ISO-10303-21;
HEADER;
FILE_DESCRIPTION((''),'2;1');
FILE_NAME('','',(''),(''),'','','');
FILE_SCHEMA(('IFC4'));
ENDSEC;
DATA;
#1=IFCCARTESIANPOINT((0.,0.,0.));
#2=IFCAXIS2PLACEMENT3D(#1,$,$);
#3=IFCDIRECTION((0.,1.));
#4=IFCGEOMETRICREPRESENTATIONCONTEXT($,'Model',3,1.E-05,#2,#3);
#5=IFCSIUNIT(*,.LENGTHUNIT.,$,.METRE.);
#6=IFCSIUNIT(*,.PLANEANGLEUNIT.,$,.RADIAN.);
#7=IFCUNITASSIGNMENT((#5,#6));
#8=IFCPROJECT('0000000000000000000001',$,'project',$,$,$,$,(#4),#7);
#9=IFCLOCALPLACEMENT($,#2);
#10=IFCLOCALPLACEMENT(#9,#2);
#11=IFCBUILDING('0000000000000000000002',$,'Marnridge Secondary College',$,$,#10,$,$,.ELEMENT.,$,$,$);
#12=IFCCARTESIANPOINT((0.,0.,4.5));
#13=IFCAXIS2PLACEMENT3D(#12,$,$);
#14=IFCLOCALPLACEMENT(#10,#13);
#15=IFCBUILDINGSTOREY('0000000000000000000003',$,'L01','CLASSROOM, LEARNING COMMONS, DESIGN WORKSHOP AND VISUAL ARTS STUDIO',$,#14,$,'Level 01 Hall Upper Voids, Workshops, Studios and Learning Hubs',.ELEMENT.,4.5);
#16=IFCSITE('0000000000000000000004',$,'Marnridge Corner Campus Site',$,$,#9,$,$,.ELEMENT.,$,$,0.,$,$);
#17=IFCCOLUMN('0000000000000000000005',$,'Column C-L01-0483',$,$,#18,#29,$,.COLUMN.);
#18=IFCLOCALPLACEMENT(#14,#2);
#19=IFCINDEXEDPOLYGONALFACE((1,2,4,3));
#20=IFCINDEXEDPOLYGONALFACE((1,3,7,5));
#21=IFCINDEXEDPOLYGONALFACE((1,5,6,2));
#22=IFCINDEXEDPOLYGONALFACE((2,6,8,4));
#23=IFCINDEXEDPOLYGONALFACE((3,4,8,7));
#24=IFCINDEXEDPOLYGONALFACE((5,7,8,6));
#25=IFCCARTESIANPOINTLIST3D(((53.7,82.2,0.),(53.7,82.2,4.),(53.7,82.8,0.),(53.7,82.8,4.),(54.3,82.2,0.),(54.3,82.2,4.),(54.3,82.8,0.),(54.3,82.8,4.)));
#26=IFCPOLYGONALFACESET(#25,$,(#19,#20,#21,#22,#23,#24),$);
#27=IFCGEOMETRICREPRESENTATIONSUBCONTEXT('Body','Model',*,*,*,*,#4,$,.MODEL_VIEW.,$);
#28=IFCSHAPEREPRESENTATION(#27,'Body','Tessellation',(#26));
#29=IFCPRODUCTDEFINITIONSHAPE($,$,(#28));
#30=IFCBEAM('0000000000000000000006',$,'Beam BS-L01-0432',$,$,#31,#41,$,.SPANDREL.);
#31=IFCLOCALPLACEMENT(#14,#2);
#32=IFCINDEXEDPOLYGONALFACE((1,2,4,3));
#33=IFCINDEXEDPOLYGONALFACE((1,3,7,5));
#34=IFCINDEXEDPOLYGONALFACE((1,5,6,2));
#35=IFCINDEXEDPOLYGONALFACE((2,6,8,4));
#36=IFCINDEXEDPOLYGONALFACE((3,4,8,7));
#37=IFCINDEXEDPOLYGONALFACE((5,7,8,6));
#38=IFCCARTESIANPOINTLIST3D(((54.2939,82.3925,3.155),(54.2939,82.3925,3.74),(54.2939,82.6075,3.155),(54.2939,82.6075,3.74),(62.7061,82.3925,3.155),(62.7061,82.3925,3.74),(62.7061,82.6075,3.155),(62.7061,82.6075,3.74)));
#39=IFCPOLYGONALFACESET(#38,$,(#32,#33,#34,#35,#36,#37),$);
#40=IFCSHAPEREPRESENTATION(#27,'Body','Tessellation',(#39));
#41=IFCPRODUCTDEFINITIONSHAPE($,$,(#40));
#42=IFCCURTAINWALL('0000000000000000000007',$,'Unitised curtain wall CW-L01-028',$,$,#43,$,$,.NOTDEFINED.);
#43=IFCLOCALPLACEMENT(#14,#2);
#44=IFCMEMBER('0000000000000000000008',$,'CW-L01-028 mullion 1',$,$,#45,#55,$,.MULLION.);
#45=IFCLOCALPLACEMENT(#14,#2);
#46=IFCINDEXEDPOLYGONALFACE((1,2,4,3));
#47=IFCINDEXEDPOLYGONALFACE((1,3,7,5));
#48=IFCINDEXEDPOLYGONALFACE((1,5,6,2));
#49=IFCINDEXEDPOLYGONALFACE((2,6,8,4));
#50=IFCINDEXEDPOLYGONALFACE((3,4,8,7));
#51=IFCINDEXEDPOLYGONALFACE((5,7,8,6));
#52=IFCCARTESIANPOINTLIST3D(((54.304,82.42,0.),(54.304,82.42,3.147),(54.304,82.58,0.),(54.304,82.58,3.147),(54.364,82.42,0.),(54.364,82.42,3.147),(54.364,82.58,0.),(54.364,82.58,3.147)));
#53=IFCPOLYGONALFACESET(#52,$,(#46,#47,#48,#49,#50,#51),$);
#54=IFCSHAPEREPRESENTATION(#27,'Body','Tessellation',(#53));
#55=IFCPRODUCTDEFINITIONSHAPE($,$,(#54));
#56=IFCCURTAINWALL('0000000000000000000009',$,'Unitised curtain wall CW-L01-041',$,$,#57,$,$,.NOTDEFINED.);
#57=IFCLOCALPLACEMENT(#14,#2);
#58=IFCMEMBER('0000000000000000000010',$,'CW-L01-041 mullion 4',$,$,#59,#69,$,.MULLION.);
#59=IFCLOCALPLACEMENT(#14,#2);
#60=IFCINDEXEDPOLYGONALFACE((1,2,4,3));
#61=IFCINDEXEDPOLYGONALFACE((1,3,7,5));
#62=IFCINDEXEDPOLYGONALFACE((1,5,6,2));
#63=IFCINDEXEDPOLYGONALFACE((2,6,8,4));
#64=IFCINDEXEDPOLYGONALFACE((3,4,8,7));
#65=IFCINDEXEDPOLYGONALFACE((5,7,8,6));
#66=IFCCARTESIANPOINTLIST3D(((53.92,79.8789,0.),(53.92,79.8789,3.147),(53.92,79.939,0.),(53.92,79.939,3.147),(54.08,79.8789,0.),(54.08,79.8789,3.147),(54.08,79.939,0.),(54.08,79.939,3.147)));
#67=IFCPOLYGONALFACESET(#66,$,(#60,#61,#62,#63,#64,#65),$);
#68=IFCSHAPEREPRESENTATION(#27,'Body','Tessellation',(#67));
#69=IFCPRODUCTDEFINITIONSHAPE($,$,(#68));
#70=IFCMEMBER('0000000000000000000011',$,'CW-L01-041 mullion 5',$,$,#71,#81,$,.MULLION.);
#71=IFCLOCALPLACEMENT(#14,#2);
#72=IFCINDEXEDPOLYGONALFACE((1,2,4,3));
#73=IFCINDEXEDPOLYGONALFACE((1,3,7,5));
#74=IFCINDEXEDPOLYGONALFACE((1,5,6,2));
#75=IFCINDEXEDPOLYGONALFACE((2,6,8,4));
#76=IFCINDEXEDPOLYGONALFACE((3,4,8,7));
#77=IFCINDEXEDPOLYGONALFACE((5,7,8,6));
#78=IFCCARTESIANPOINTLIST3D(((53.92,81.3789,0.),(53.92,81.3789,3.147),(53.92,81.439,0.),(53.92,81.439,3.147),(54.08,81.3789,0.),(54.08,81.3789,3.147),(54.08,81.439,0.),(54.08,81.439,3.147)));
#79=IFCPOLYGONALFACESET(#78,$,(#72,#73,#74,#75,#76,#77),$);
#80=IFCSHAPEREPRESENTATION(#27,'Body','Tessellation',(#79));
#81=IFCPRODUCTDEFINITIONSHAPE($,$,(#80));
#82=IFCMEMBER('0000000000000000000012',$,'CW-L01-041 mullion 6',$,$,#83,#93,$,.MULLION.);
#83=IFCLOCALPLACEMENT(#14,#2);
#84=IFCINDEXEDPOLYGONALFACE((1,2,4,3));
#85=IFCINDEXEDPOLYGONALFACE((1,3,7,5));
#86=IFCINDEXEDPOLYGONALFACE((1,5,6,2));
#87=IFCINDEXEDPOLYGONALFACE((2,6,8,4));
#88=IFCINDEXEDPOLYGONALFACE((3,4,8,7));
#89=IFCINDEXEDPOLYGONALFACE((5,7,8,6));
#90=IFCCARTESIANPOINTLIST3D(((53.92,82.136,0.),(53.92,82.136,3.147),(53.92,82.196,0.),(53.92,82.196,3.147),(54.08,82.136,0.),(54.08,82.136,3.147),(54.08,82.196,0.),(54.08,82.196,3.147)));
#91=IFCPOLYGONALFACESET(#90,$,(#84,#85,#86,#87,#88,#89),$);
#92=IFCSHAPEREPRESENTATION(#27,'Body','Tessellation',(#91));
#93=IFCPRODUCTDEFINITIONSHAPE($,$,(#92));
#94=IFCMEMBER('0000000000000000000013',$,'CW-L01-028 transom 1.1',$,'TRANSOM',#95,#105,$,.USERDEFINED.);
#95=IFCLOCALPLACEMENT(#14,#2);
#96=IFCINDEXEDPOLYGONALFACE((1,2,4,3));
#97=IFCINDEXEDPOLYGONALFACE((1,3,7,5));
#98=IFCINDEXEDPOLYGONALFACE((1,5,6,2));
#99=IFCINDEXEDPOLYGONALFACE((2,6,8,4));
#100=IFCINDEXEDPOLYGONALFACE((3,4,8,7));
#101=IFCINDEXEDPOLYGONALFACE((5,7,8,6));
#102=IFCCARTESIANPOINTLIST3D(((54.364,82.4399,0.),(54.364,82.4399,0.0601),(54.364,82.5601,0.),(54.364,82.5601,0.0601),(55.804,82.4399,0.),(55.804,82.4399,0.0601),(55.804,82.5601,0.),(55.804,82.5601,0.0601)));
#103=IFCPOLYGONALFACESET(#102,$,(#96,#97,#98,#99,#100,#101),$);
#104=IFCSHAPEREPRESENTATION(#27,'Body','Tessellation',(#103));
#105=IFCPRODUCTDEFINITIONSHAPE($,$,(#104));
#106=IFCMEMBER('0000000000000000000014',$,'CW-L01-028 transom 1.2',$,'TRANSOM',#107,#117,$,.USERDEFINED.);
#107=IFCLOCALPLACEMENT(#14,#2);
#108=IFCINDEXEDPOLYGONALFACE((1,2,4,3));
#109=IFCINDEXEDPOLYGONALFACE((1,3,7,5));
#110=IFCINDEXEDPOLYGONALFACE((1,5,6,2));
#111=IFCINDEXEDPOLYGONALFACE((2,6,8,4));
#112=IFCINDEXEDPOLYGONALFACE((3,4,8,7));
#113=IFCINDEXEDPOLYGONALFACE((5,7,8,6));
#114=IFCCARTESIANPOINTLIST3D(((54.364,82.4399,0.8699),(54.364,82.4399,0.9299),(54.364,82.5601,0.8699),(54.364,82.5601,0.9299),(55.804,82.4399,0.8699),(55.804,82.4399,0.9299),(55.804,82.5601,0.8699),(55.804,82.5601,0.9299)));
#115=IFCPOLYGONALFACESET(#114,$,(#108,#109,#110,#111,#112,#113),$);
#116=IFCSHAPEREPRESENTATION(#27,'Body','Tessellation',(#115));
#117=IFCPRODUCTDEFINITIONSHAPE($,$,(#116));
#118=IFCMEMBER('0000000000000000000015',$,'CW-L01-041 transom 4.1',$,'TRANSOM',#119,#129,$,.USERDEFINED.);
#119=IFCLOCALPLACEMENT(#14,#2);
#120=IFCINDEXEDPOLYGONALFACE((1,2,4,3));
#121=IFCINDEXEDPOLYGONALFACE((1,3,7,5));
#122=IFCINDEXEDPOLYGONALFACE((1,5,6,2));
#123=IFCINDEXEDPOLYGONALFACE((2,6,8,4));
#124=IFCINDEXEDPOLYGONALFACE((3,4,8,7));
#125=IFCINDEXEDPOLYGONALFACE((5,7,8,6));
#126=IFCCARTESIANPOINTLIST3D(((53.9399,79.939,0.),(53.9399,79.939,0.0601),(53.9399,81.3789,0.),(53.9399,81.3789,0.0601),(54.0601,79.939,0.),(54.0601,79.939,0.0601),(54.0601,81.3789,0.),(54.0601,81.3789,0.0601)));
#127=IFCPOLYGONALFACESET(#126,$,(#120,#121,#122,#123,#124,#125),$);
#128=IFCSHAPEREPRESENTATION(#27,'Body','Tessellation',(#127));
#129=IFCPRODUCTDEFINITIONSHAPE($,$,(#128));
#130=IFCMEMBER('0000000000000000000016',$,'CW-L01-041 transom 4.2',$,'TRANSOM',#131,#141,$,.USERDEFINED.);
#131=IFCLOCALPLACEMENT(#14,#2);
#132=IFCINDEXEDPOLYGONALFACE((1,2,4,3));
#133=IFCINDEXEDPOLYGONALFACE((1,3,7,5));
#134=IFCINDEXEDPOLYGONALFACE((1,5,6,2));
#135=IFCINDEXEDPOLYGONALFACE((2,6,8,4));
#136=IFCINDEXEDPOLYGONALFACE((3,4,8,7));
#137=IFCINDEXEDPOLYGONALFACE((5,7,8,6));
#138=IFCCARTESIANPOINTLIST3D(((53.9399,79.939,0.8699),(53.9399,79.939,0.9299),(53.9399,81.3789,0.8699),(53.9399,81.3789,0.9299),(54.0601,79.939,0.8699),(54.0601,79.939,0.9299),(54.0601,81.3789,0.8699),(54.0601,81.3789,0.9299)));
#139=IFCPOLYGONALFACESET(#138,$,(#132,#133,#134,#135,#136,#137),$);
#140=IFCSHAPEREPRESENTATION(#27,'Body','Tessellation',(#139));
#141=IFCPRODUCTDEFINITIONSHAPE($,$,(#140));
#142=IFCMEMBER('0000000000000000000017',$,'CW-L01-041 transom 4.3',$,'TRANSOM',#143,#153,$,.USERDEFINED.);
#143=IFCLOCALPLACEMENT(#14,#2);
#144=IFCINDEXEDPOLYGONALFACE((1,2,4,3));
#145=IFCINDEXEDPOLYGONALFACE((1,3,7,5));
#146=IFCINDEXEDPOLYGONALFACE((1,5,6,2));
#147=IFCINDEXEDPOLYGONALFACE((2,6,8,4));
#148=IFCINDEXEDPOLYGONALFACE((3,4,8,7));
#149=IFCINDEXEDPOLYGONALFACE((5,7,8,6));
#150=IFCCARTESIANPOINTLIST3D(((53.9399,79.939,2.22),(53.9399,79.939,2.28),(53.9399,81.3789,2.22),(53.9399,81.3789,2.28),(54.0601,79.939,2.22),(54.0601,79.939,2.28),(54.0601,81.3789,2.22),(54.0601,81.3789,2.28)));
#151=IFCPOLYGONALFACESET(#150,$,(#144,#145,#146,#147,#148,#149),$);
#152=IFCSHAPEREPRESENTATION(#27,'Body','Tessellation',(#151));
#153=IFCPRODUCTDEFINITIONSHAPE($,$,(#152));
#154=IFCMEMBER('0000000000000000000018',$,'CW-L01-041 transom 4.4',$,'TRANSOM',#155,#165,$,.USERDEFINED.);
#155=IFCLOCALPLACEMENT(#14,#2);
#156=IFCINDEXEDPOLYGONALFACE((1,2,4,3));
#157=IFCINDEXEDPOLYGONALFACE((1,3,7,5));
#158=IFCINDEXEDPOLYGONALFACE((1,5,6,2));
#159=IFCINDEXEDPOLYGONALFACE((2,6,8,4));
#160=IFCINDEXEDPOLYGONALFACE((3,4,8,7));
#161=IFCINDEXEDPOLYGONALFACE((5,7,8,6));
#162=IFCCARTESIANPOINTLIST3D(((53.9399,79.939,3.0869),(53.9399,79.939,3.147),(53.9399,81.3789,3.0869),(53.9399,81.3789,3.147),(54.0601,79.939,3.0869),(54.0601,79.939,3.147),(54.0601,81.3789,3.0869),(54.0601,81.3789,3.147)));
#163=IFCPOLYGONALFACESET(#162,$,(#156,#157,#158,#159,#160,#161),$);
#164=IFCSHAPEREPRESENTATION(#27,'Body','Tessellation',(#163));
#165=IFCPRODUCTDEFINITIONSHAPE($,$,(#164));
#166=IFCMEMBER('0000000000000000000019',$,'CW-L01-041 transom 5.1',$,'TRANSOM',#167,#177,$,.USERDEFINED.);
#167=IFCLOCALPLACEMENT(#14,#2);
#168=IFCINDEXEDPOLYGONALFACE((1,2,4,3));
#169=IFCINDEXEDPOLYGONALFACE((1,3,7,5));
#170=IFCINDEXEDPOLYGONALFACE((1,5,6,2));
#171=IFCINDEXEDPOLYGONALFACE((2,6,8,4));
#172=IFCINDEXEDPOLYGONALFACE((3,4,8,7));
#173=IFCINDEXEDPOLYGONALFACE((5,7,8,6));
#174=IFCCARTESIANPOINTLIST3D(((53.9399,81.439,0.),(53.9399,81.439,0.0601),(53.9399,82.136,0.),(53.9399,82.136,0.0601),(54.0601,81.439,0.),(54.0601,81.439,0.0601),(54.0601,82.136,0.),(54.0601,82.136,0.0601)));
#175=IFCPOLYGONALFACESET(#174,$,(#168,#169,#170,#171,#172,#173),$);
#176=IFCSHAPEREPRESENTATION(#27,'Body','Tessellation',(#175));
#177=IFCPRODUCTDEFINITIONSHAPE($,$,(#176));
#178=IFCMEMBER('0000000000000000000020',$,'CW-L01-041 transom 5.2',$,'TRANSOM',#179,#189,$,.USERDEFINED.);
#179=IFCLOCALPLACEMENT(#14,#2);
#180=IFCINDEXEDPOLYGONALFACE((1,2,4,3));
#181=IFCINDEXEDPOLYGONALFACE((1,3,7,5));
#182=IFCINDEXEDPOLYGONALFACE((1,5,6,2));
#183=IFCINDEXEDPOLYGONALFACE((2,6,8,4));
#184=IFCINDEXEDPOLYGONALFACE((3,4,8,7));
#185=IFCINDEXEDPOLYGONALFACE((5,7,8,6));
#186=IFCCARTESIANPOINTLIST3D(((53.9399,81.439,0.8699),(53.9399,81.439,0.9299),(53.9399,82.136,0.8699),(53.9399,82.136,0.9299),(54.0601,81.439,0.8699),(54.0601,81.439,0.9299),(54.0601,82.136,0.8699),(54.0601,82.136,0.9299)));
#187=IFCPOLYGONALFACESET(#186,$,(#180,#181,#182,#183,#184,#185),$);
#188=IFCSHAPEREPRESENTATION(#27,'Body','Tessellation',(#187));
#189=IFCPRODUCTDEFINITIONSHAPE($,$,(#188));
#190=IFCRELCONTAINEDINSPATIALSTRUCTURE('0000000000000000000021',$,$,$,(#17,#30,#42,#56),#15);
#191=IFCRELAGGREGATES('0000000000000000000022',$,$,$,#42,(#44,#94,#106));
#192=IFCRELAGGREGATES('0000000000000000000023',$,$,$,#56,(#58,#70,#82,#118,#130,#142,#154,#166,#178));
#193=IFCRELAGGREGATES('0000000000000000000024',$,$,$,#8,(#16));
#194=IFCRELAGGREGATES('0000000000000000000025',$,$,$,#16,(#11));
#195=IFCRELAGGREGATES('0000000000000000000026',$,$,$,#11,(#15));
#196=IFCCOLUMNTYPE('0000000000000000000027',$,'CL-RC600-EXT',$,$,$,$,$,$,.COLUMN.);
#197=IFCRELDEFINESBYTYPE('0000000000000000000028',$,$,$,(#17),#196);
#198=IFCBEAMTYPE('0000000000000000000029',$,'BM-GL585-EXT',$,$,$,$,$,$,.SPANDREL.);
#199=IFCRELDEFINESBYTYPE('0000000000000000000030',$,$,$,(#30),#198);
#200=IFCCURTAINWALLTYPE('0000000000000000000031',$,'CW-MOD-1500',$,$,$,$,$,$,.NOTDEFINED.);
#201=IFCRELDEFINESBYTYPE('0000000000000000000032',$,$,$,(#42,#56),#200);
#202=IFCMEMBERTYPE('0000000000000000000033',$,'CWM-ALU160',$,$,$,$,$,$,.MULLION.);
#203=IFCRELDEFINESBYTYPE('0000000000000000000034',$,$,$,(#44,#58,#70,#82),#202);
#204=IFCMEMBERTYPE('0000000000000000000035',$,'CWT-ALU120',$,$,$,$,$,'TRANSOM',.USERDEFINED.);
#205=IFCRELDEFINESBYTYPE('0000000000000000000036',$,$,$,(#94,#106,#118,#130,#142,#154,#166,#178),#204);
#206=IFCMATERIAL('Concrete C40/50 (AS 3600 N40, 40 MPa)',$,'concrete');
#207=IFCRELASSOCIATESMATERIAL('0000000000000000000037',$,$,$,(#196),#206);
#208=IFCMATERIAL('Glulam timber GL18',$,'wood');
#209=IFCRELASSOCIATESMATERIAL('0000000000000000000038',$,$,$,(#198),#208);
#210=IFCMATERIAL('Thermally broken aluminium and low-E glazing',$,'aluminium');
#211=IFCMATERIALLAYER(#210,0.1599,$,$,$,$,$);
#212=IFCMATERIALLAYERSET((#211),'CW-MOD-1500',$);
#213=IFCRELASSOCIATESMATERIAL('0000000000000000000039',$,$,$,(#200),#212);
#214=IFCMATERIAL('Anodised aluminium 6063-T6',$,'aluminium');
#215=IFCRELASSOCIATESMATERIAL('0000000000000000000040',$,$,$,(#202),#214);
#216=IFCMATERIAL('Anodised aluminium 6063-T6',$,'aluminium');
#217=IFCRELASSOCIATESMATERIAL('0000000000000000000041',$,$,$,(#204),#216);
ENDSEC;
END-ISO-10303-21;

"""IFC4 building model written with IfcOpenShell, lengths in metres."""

from ifc_helpers import new_model, si_unit, direction, frame, origin, origin_2d, place, context, subcontext, project, spatial, rectangle, extrude, material, layer, layer_set, material_profile, profile_set, type_object, element, aggregate, save


model = new_model("IFC4")

# Units and contexts
model_context = context("Model", 3, precision=1e-05, world=origin(), true_north=direction((0.0, 1.0)))
body_context = subcontext(model_context, "Body", "Model", "MODEL_VIEW")
ifc_project = project(units=[si_unit("LENGTHUNIT", "METRE"), si_unit("PLANEANGLEUNIT", "RADIAN")], contexts=[model_context])

# Site, building, storey
site_placement = place(None, origin())
site = spatial("IfcSite", under=ifc_project, at=site_placement, Name="Marnridge Corner Campus Site", CompositionType="ELEMENT", RefElevation=0.0)
building_placement = place(site_placement, origin())
building = spatial("IfcBuilding", under=site, at=building_placement, Name="Marnridge Secondary College", CompositionType="ELEMENT")
storey_placement = place(building_placement, frame((0.0, 0.0, 4.5)))
storey = spatial("IfcBuildingStorey", under=building, at=storey_placement, Name="L01", Description="CLASSROOM, LEARNING COMMONS, DESIGN WORKSHOP AND VISUAL ARTS STUDIO", LongName="Level 01 Hall Upper Voids, Workshops, Studios and Learning Hubs", CompositionType="ELEMENT", Elevation=4.5)

# Column
ifc_material_1 = material(Name="Concrete C40/50 (AS 3600 N40, 40 MPa)", Category="concrete")
ifc_material_profile_1 = material_profile(ifc_material_1, rectangle(XDim=0.6001, YDim=0.6001, at=origin_2d()), Name="RC 600x600")
ifc_profile_set_1 = profile_set([ifc_material_profile_1], Name="Concrete C40/50 (AS 3600 N40, 40 MPa)")
column_type = type_object("IfcColumnType", Name="CL-RC600-EXT", PredefinedType="COLUMN", material=ifc_profile_set_1)
column_placement = place(storey_placement, frame((54.0, 82.5, 0.0), z_axis=(0.0, 0.0, 1.0), x_axis=(1.0, 0.0, 0.0)))
element("IfcColumn", 1, at=column_placement, inside=storey, type_object=column_type, Name="Column C-L01-0483", PredefinedType="COLUMN", context=body_context, shape_type="SweptSolid", body=[
    extrude(rectangle(XDim=0.6001, YDim=0.6001, at=origin_2d()), origin(), (0.0, 0.0, 1.0), 4.0),
])

# Beam
ifc_material_2 = material(Name="Glulam timber GL18", Category="wood")
ifc_material_profile_2 = material_profile(ifc_material_2, rectangle(XDim=0.2151, YDim=0.585, at=origin_2d()), Name="GL18 215x585")
ifc_profile_set_2 = profile_set([ifc_material_profile_2], Name="Glulam timber GL18")
beam_type = type_object("IfcBeamType", Name="BM-GL585-EXT", PredefinedType="SPANDREL", material=ifc_profile_set_2)
beam_placement = place(storey_placement, frame((54.2939, 82.5, 3.4475), z_axis=(1.0, 0.0, 0.0), x_axis=(0.0, 1.0, 0.0)))
element("IfcBeam", 2, at=beam_placement, inside=storey, type_object=beam_type, Name="Beam BS-L01-0432", PredefinedType="SPANDREL", context=body_context, shape_type="SweptSolid", body=[
    extrude(rectangle(XDim=0.2151, YDim=0.585, at=origin_2d()), origin(), (0.0, 0.0, 1.0), 8.4121),
])

# Curtain wall, member
ifc_material_3 = material(Name="Thermally broken aluminium and low-E glazing", Category="aluminium")
ifc_layer_1 = layer(ifc_material_3, 0.1599)
ifc_layer_set_1 = layer_set([ifc_layer_1], Name="CW-MOD-1500")
curtain_wall_type = type_object("IfcCurtainWallType", Name="CW-MOD-1500", PredefinedType="NOTDEFINED", material=ifc_layer_set_1)
curtain_wall_1_placement = place(storey_placement, origin())
curtain_wall_1 = element("IfcCurtainWall", 3, at=curtain_wall_1_placement, inside=storey, type_object=curtain_wall_type, Name="Unitised curtain wall CW-L01-028", PredefinedType="NOTDEFINED")
ifc_material_4 = material(Name="Anodised aluminium 6063-T6", Category="aluminium")
ifc_material_profile_3 = material_profile(ifc_material_4, rectangle(XDim=0.0601, YDim=0.1599, at=origin_2d()), Name="ALU 60x160")
ifc_profile_set_3 = profile_set([ifc_material_profile_3], Name="Anodised aluminium 6063-T6")
member_type_1 = type_object("IfcMemberType", Name="CWM-ALU160", PredefinedType="MULLION", material=ifc_profile_set_3)
member_1_placement = place(storey_placement, frame((54.334, 82.5, 0.0), z_axis=(0.0, 0.0, 1.0), x_axis=(1.0, 0.0, 0.0)))
member_1 = element("IfcMember", 4, at=member_1_placement, type_object=member_type_1, Name="CW-L01-028 mullion 1", PredefinedType="MULLION", context=body_context, shape_type="SweptSolid", body=[
    extrude(rectangle(XDim=0.0601, YDim=0.1599, at=origin_2d()), origin(), (0.0, 0.0, 1.0), 3.147),
])

# Curtain wall, members
curtain_wall_2_placement = place(storey_placement, origin())
curtain_wall_2 = element("IfcCurtainWall", 5, at=curtain_wall_2_placement, inside=storey, type_object=curtain_wall_type, Name="Unitised curtain wall CW-L01-041", PredefinedType="NOTDEFINED")
member_2_placement = place(storey_placement, frame((54.0, 79.9089, 0.0), z_axis=(0.0, 0.0, 1.0), x_axis=(0.0, 1.0, 0.0)))
member_2 = element("IfcMember", 6, at=member_2_placement, type_object=member_type_1, Name="CW-L01-041 mullion 4", PredefinedType="MULLION", context=body_context, shape_type="SweptSolid", body=[
    extrude(rectangle(XDim=0.0601, YDim=0.1599, at=origin_2d()), origin(), (0.0, 0.0, 1.0), 3.147),
])
member_3_placement = place(storey_placement, frame((54.0, 81.4089, 0.0), z_axis=(0.0, 0.0, 1.0), x_axis=(0.0, 1.0, 0.0)))
member_3 = element("IfcMember", 7, at=member_3_placement, type_object=member_type_1, Name="CW-L01-041 mullion 5", PredefinedType="MULLION", context=body_context, shape_type="SweptSolid", body=[
    extrude(rectangle(XDim=0.0601, YDim=0.1599, at=origin_2d()), origin(), (0.0, 0.0, 1.0), 3.147),
])
member_4_placement = place(storey_placement, frame((54.0, 82.166, 0.0), z_axis=(0.0, 0.0, 1.0), x_axis=(0.0, 1.0, 0.0)))
member_4 = element("IfcMember", 8, at=member_4_placement, type_object=member_type_1, Name="CW-L01-041 mullion 6", PredefinedType="MULLION", context=body_context, shape_type="SweptSolid", body=[
    extrude(rectangle(XDim=0.0601, YDim=0.1599, at=origin_2d()), origin(), (0.0, 0.0, 1.0), 3.147),
])

# Members
ifc_material_5 = material(Name="Anodised aluminium 6063-T6", Category="aluminium")
ifc_material_profile_4 = material_profile(ifc_material_5, rectangle(XDim=0.0601, YDim=0.1201, at=origin_2d()), Name="ALU 60x120")
ifc_profile_set_4 = profile_set([ifc_material_profile_4], Name="Anodised aluminium 6063-T6")
member_type_2 = type_object("IfcMemberType", Name="CWT-ALU120", ElementType="TRANSOM", PredefinedType="USERDEFINED", material=ifc_profile_set_4)
member_5_placement = place(storey_placement, frame((54.364, 82.5, 0.03), z_axis=(1.0, 0.0, 0.0), x_axis=(0.0, 0.0, 1.0)))
member_5 = element("IfcMember", 9, at=member_5_placement, type_object=member_type_2, Name="CW-L01-028 transom 1.1", ObjectType="TRANSOM", PredefinedType="USERDEFINED", context=body_context, shape_type="SweptSolid", body=[
    extrude(rectangle(XDim=0.0601, YDim=0.1201, at=origin_2d()), origin(), (0.0, 0.0, 1.0), 1.4399),
])
member_6_placement = place(storey_placement, frame((54.364, 82.5, 0.8999), z_axis=(1.0, 0.0, 0.0), x_axis=(0.0, 0.0, 1.0)))
member_6 = element("IfcMember", 10, at=member_6_placement, type_object=member_type_2, Name="CW-L01-028 transom 1.2", ObjectType="TRANSOM", PredefinedType="USERDEFINED", context=body_context, shape_type="SweptSolid", body=[
    extrude(rectangle(XDim=0.0601, YDim=0.1201, at=origin_2d()), origin(), (0.0, 0.0, 1.0), 1.4399),
])
aggregate(curtain_wall_1, [member_1, member_5, member_6])
member_7_placement = place(storey_placement, frame((54.0, 79.939, 0.03), z_axis=(0.0, 1.0, 0.0), x_axis=(0.0, 0.0, 1.0)))
member_7 = element("IfcMember", 11, at=member_7_placement, type_object=member_type_2, Name="CW-L01-041 transom 4.1", ObjectType="TRANSOM", PredefinedType="USERDEFINED", context=body_context, shape_type="SweptSolid", body=[
    extrude(rectangle(XDim=0.0601, YDim=0.1201, at=origin_2d()), origin(), (0.0, 0.0, 1.0), 1.4399),
])
member_8_placement = place(storey_placement, frame((54.0, 79.939, 0.8999), z_axis=(0.0, 1.0, 0.0), x_axis=(0.0, 0.0, 1.0)))
member_8 = element("IfcMember", 12, at=member_8_placement, type_object=member_type_2, Name="CW-L01-041 transom 4.2", ObjectType="TRANSOM", PredefinedType="USERDEFINED", context=body_context, shape_type="SweptSolid", body=[
    extrude(rectangle(XDim=0.0601, YDim=0.1201, at=origin_2d()), origin(), (0.0, 0.0, 1.0), 1.4399),
])
member_9_placement = place(storey_placement, frame((54.0, 79.939, 2.25), z_axis=(0.0, 1.0, 0.0), x_axis=(0.0, 0.0, 1.0)))
member_9 = element("IfcMember", 13, at=member_9_placement, type_object=member_type_2, Name="CW-L01-041 transom 4.3", ObjectType="TRANSOM", PredefinedType="USERDEFINED", context=body_context, shape_type="SweptSolid", body=[
    extrude(rectangle(XDim=0.0601, YDim=0.1201, at=origin_2d()), origin(), (0.0, 0.0, 1.0), 1.4399),
])
member_10_placement = place(storey_placement, frame((54.0, 79.939, 3.1169), z_axis=(0.0, 1.0, 0.0), x_axis=(0.0, 0.0, 1.0)))
member_10 = element("IfcMember", 14, at=member_10_placement, type_object=member_type_2, Name="CW-L01-041 transom 4.4", ObjectType="TRANSOM", PredefinedType="USERDEFINED", context=body_context, shape_type="SweptSolid", body=[
    extrude(rectangle(XDim=0.0601, YDim=0.1201, at=origin_2d()), origin(), (0.0, 0.0, 1.0), 1.4399),
])
member_11_placement = place(storey_placement, frame((54.0, 81.439, 0.03), z_axis=(0.0, 1.0, 0.0), x_axis=(0.0, 0.0, 1.0)))
member_11 = element("IfcMember", 15, at=member_11_placement, type_object=member_type_2, Name="CW-L01-041 transom 5.1", ObjectType="TRANSOM", PredefinedType="USERDEFINED", context=body_context, shape_type="SweptSolid", body=[
    extrude(rectangle(XDim=0.0601, YDim=0.1201, at=origin_2d()), origin(), (0.0, 0.0, 1.0), 0.697),
])
member_12_placement = place(storey_placement, frame((54.0, 81.439, 0.8999), z_axis=(0.0, 1.0, 0.0), x_axis=(0.0, 0.0, 1.0)))
member_12 = element("IfcMember", 16, at=member_12_placement, type_object=member_type_2, Name="CW-L01-041 transom 5.2", ObjectType="TRANSOM", PredefinedType="USERDEFINED", context=body_context, shape_type="SweptSolid", body=[
    extrude(rectangle(XDim=0.0601, YDim=0.1201, at=origin_2d()), origin(), (0.0, 0.0, 1.0), 0.697),
])

aggregate(curtain_wall_2, [member_2, member_3, member_4, member_7, member_8, member_9, member_10, member_11, member_12])

save(model, "model.ifc")
